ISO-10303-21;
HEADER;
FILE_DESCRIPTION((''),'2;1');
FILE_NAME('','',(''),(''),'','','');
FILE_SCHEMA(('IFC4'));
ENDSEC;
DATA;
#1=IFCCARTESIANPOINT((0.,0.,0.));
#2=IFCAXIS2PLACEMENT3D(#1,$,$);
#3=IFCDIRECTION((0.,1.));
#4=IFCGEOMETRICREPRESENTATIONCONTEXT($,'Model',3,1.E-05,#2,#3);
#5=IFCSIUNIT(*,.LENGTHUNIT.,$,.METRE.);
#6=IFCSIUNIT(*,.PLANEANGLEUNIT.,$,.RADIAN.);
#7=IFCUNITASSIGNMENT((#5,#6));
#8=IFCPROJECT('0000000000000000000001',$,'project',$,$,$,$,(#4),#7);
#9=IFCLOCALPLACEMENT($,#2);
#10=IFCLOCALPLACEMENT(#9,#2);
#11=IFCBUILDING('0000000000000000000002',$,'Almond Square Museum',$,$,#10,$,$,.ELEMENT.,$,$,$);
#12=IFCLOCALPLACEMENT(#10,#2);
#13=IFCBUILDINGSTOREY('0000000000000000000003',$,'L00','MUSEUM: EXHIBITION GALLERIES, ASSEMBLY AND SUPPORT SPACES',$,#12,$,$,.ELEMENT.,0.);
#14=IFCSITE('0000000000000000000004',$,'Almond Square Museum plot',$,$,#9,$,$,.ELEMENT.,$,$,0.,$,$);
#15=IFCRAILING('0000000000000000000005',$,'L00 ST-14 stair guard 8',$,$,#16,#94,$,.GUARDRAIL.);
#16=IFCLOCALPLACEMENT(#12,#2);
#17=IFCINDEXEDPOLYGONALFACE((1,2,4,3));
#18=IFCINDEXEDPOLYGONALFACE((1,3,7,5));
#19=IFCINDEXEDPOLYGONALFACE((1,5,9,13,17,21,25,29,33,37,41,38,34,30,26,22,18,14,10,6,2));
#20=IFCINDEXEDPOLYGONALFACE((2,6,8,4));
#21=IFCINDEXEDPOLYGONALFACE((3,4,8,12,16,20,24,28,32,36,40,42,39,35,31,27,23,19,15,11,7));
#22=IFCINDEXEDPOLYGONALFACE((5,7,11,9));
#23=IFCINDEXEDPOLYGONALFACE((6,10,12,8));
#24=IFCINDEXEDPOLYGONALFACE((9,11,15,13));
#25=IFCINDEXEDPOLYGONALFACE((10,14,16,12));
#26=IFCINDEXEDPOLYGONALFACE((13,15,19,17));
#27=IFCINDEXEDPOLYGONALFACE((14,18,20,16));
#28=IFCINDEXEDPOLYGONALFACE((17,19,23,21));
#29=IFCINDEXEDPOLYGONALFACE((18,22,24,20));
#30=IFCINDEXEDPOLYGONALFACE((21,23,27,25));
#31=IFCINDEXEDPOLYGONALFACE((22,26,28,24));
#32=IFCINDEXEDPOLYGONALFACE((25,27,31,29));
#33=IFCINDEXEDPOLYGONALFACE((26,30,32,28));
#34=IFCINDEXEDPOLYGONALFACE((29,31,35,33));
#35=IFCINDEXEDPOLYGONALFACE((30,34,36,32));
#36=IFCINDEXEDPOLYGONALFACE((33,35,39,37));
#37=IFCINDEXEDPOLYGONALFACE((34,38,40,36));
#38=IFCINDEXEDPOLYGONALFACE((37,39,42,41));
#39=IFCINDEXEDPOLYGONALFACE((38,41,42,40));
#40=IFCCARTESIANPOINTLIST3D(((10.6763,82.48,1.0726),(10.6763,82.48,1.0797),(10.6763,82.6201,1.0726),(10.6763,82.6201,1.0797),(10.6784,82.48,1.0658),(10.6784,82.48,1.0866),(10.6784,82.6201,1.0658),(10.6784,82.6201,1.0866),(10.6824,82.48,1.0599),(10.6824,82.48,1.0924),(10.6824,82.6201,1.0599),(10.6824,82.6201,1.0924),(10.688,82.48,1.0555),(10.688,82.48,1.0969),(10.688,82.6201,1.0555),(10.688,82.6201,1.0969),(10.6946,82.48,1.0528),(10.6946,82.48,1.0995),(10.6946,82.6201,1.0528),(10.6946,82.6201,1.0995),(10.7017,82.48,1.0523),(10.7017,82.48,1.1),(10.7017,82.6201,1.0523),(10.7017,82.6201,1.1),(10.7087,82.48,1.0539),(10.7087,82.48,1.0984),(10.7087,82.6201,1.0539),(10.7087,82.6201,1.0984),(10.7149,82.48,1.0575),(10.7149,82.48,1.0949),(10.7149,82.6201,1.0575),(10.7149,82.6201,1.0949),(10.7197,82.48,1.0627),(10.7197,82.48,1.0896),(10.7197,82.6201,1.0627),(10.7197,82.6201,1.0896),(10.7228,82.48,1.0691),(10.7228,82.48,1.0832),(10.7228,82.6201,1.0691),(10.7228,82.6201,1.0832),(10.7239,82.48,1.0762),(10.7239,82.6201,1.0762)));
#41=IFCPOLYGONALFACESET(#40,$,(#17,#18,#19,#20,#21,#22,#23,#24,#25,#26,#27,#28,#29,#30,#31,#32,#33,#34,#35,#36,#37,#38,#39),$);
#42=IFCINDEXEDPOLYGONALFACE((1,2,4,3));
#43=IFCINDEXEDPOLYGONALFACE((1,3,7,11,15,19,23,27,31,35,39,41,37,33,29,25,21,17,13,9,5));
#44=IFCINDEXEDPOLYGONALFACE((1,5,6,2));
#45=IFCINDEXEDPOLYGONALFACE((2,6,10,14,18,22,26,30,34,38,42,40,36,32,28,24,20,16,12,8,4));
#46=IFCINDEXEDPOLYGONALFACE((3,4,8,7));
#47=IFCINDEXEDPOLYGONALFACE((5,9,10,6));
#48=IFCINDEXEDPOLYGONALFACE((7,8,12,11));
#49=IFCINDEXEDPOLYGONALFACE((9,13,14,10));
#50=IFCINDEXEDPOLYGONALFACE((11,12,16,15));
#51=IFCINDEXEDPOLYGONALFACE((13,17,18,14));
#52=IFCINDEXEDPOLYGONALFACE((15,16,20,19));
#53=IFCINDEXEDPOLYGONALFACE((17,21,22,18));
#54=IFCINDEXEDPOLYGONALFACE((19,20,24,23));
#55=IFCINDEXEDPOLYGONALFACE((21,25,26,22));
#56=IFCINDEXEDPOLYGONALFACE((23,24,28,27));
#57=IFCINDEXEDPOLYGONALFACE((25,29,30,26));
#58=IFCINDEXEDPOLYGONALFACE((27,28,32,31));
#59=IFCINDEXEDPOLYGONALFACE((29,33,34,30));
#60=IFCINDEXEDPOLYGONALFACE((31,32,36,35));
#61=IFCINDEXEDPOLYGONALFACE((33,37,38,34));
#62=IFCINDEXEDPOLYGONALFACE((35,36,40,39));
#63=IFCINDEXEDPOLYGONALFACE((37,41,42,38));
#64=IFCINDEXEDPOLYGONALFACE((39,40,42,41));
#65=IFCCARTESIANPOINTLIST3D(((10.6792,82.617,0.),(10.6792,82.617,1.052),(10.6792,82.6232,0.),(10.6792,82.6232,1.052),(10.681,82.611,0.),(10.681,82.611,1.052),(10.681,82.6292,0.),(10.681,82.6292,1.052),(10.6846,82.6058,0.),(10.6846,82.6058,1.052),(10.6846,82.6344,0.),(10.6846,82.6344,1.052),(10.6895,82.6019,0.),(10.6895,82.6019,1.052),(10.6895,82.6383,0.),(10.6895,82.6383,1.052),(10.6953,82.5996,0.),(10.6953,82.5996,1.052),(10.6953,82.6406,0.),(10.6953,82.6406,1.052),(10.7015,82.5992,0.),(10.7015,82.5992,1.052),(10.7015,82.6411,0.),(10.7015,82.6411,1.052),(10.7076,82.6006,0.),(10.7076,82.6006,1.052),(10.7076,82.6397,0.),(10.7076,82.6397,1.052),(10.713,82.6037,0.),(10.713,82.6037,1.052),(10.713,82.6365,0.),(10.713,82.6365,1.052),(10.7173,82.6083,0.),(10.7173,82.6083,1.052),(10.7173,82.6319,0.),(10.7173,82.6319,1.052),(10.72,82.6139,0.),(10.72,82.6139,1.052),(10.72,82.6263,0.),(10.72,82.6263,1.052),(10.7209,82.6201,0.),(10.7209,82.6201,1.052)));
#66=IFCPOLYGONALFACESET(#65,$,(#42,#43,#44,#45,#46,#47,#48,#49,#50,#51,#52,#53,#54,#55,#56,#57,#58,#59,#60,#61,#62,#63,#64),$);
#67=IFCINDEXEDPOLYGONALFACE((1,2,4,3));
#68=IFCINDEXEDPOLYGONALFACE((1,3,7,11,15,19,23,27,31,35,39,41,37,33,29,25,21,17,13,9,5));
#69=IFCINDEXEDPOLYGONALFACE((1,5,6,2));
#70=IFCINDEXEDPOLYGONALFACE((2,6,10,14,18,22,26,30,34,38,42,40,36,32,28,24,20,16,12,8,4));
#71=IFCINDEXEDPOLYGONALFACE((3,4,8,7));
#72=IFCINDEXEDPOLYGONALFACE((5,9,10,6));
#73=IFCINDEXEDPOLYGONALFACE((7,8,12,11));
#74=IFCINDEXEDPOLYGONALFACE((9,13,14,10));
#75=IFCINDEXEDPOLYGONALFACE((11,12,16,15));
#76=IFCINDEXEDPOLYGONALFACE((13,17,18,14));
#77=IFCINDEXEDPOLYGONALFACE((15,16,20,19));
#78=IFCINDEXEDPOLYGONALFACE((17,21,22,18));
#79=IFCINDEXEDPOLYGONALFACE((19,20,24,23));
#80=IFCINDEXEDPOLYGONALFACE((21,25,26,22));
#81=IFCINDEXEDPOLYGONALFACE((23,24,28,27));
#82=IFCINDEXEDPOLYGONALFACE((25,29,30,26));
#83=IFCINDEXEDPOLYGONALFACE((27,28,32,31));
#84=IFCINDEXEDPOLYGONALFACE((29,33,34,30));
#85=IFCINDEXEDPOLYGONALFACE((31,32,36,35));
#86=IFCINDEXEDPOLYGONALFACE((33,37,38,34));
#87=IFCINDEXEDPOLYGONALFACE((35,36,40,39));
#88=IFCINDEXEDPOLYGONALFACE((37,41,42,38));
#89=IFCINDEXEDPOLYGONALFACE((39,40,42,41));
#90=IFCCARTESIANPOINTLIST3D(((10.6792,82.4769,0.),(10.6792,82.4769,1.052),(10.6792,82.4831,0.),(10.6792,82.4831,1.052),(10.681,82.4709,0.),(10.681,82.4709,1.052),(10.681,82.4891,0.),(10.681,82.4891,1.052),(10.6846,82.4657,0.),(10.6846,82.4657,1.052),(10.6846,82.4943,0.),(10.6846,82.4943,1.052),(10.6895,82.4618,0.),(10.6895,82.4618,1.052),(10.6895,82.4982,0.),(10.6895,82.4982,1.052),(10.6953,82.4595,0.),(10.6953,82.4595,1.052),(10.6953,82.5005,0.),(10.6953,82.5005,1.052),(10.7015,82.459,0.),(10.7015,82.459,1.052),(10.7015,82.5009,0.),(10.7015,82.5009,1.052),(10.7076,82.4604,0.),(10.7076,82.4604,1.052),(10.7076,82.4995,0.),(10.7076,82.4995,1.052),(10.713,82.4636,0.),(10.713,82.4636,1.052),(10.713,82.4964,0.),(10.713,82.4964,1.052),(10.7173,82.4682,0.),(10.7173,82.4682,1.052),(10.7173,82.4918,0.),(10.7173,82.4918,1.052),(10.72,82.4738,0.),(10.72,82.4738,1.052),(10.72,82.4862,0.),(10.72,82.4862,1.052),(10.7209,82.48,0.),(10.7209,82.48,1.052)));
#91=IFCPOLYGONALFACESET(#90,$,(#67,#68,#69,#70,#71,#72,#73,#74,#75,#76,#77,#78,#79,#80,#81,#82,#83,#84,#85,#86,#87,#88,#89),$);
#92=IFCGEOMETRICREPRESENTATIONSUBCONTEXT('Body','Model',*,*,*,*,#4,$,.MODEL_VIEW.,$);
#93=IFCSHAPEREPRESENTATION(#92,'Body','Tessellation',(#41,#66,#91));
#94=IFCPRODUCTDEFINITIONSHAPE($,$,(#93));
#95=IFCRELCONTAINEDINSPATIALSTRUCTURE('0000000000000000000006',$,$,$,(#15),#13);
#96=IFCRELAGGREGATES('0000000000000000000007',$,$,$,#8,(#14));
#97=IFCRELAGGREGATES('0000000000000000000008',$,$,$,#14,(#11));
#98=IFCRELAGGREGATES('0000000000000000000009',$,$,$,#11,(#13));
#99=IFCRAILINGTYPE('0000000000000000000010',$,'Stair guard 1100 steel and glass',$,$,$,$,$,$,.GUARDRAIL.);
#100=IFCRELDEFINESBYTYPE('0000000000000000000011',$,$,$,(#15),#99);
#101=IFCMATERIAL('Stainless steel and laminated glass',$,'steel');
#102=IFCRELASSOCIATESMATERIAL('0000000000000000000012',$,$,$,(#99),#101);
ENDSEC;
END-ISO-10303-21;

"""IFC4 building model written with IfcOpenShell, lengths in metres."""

from ifc_helpers import new_model, si_unit, direction, frame, origin, origin_2d, place, context, subcontext, project, spatial, circle, extrude, material, type_object, element, save


model = new_model("IFC4")

# Units and contexts
model_context = context("Model", 3, precision=1e-05, world=origin(), true_north=direction((0.0, 1.0)))
body_context = subcontext(model_context, "Body", "Model", "MODEL_VIEW")
ifc_project = project(units=[si_unit("LENGTHUNIT", "METRE"), si_unit("PLANEANGLEUNIT", "RADIAN")], contexts=[model_context])

# Site, building, storey
site_placement = place(None, origin())
site = spatial("IfcSite", under=ifc_project, at=site_placement, Name="Almond Square Museum plot", CompositionType="ELEMENT", RefElevation=0.0)
building_placement = place(site_placement, origin())
building = spatial("IfcBuilding", under=site, at=building_placement, Name="Almond Square Museum", CompositionType="ELEMENT")
storey_placement = place(building_placement, origin())
storey = spatial("IfcBuildingStorey", under=building, at=storey_placement, Name="L00", Description="MUSEUM: EXHIBITION GALLERIES, ASSEMBLY AND SUPPORT SPACES", CompositionType="ELEMENT", Elevation=0.0)

# Railing
ifc_material_1 = material(Name="Stainless steel and laminated glass", Category="steel")
railing_type_1 = type_object("IfcRailingType", Name="Stair guard 1100 steel and glass", PredefinedType="GUARDRAIL", material=ifc_material_1)
railing_1_placement = place(storey_placement, frame((10.7, 82.6201, 0.0)))
element("IfcRailing", 1, at=railing_1_placement, inside=storey, type_object=railing_type_1, Name="L00 ST-14 stair guard 8", PredefinedType="GUARDRAIL", context=body_context, shape_type="SweptSolid", body=[
    extrude(circle(Radius=0.0239, at=origin_2d()), frame((0.0, 0.0, 1.0762), z_axis=(0.0, -1.0, 0.0), x_axis=(1.0, 0.0, 0.0)), (0.0, 0.0, 1.0), 0.1401),
    extrude(circle(Radius=0.021, at=origin_2d()), origin(), (0.0, 0.0, 1.0), 1.052),
    extrude(circle(Radius=0.021, at=origin_2d()), frame((0.0, -0.1401, 0.0)), (0.0, 0.0, 1.0), 1.052),
])

save(model, "model.ifc")
